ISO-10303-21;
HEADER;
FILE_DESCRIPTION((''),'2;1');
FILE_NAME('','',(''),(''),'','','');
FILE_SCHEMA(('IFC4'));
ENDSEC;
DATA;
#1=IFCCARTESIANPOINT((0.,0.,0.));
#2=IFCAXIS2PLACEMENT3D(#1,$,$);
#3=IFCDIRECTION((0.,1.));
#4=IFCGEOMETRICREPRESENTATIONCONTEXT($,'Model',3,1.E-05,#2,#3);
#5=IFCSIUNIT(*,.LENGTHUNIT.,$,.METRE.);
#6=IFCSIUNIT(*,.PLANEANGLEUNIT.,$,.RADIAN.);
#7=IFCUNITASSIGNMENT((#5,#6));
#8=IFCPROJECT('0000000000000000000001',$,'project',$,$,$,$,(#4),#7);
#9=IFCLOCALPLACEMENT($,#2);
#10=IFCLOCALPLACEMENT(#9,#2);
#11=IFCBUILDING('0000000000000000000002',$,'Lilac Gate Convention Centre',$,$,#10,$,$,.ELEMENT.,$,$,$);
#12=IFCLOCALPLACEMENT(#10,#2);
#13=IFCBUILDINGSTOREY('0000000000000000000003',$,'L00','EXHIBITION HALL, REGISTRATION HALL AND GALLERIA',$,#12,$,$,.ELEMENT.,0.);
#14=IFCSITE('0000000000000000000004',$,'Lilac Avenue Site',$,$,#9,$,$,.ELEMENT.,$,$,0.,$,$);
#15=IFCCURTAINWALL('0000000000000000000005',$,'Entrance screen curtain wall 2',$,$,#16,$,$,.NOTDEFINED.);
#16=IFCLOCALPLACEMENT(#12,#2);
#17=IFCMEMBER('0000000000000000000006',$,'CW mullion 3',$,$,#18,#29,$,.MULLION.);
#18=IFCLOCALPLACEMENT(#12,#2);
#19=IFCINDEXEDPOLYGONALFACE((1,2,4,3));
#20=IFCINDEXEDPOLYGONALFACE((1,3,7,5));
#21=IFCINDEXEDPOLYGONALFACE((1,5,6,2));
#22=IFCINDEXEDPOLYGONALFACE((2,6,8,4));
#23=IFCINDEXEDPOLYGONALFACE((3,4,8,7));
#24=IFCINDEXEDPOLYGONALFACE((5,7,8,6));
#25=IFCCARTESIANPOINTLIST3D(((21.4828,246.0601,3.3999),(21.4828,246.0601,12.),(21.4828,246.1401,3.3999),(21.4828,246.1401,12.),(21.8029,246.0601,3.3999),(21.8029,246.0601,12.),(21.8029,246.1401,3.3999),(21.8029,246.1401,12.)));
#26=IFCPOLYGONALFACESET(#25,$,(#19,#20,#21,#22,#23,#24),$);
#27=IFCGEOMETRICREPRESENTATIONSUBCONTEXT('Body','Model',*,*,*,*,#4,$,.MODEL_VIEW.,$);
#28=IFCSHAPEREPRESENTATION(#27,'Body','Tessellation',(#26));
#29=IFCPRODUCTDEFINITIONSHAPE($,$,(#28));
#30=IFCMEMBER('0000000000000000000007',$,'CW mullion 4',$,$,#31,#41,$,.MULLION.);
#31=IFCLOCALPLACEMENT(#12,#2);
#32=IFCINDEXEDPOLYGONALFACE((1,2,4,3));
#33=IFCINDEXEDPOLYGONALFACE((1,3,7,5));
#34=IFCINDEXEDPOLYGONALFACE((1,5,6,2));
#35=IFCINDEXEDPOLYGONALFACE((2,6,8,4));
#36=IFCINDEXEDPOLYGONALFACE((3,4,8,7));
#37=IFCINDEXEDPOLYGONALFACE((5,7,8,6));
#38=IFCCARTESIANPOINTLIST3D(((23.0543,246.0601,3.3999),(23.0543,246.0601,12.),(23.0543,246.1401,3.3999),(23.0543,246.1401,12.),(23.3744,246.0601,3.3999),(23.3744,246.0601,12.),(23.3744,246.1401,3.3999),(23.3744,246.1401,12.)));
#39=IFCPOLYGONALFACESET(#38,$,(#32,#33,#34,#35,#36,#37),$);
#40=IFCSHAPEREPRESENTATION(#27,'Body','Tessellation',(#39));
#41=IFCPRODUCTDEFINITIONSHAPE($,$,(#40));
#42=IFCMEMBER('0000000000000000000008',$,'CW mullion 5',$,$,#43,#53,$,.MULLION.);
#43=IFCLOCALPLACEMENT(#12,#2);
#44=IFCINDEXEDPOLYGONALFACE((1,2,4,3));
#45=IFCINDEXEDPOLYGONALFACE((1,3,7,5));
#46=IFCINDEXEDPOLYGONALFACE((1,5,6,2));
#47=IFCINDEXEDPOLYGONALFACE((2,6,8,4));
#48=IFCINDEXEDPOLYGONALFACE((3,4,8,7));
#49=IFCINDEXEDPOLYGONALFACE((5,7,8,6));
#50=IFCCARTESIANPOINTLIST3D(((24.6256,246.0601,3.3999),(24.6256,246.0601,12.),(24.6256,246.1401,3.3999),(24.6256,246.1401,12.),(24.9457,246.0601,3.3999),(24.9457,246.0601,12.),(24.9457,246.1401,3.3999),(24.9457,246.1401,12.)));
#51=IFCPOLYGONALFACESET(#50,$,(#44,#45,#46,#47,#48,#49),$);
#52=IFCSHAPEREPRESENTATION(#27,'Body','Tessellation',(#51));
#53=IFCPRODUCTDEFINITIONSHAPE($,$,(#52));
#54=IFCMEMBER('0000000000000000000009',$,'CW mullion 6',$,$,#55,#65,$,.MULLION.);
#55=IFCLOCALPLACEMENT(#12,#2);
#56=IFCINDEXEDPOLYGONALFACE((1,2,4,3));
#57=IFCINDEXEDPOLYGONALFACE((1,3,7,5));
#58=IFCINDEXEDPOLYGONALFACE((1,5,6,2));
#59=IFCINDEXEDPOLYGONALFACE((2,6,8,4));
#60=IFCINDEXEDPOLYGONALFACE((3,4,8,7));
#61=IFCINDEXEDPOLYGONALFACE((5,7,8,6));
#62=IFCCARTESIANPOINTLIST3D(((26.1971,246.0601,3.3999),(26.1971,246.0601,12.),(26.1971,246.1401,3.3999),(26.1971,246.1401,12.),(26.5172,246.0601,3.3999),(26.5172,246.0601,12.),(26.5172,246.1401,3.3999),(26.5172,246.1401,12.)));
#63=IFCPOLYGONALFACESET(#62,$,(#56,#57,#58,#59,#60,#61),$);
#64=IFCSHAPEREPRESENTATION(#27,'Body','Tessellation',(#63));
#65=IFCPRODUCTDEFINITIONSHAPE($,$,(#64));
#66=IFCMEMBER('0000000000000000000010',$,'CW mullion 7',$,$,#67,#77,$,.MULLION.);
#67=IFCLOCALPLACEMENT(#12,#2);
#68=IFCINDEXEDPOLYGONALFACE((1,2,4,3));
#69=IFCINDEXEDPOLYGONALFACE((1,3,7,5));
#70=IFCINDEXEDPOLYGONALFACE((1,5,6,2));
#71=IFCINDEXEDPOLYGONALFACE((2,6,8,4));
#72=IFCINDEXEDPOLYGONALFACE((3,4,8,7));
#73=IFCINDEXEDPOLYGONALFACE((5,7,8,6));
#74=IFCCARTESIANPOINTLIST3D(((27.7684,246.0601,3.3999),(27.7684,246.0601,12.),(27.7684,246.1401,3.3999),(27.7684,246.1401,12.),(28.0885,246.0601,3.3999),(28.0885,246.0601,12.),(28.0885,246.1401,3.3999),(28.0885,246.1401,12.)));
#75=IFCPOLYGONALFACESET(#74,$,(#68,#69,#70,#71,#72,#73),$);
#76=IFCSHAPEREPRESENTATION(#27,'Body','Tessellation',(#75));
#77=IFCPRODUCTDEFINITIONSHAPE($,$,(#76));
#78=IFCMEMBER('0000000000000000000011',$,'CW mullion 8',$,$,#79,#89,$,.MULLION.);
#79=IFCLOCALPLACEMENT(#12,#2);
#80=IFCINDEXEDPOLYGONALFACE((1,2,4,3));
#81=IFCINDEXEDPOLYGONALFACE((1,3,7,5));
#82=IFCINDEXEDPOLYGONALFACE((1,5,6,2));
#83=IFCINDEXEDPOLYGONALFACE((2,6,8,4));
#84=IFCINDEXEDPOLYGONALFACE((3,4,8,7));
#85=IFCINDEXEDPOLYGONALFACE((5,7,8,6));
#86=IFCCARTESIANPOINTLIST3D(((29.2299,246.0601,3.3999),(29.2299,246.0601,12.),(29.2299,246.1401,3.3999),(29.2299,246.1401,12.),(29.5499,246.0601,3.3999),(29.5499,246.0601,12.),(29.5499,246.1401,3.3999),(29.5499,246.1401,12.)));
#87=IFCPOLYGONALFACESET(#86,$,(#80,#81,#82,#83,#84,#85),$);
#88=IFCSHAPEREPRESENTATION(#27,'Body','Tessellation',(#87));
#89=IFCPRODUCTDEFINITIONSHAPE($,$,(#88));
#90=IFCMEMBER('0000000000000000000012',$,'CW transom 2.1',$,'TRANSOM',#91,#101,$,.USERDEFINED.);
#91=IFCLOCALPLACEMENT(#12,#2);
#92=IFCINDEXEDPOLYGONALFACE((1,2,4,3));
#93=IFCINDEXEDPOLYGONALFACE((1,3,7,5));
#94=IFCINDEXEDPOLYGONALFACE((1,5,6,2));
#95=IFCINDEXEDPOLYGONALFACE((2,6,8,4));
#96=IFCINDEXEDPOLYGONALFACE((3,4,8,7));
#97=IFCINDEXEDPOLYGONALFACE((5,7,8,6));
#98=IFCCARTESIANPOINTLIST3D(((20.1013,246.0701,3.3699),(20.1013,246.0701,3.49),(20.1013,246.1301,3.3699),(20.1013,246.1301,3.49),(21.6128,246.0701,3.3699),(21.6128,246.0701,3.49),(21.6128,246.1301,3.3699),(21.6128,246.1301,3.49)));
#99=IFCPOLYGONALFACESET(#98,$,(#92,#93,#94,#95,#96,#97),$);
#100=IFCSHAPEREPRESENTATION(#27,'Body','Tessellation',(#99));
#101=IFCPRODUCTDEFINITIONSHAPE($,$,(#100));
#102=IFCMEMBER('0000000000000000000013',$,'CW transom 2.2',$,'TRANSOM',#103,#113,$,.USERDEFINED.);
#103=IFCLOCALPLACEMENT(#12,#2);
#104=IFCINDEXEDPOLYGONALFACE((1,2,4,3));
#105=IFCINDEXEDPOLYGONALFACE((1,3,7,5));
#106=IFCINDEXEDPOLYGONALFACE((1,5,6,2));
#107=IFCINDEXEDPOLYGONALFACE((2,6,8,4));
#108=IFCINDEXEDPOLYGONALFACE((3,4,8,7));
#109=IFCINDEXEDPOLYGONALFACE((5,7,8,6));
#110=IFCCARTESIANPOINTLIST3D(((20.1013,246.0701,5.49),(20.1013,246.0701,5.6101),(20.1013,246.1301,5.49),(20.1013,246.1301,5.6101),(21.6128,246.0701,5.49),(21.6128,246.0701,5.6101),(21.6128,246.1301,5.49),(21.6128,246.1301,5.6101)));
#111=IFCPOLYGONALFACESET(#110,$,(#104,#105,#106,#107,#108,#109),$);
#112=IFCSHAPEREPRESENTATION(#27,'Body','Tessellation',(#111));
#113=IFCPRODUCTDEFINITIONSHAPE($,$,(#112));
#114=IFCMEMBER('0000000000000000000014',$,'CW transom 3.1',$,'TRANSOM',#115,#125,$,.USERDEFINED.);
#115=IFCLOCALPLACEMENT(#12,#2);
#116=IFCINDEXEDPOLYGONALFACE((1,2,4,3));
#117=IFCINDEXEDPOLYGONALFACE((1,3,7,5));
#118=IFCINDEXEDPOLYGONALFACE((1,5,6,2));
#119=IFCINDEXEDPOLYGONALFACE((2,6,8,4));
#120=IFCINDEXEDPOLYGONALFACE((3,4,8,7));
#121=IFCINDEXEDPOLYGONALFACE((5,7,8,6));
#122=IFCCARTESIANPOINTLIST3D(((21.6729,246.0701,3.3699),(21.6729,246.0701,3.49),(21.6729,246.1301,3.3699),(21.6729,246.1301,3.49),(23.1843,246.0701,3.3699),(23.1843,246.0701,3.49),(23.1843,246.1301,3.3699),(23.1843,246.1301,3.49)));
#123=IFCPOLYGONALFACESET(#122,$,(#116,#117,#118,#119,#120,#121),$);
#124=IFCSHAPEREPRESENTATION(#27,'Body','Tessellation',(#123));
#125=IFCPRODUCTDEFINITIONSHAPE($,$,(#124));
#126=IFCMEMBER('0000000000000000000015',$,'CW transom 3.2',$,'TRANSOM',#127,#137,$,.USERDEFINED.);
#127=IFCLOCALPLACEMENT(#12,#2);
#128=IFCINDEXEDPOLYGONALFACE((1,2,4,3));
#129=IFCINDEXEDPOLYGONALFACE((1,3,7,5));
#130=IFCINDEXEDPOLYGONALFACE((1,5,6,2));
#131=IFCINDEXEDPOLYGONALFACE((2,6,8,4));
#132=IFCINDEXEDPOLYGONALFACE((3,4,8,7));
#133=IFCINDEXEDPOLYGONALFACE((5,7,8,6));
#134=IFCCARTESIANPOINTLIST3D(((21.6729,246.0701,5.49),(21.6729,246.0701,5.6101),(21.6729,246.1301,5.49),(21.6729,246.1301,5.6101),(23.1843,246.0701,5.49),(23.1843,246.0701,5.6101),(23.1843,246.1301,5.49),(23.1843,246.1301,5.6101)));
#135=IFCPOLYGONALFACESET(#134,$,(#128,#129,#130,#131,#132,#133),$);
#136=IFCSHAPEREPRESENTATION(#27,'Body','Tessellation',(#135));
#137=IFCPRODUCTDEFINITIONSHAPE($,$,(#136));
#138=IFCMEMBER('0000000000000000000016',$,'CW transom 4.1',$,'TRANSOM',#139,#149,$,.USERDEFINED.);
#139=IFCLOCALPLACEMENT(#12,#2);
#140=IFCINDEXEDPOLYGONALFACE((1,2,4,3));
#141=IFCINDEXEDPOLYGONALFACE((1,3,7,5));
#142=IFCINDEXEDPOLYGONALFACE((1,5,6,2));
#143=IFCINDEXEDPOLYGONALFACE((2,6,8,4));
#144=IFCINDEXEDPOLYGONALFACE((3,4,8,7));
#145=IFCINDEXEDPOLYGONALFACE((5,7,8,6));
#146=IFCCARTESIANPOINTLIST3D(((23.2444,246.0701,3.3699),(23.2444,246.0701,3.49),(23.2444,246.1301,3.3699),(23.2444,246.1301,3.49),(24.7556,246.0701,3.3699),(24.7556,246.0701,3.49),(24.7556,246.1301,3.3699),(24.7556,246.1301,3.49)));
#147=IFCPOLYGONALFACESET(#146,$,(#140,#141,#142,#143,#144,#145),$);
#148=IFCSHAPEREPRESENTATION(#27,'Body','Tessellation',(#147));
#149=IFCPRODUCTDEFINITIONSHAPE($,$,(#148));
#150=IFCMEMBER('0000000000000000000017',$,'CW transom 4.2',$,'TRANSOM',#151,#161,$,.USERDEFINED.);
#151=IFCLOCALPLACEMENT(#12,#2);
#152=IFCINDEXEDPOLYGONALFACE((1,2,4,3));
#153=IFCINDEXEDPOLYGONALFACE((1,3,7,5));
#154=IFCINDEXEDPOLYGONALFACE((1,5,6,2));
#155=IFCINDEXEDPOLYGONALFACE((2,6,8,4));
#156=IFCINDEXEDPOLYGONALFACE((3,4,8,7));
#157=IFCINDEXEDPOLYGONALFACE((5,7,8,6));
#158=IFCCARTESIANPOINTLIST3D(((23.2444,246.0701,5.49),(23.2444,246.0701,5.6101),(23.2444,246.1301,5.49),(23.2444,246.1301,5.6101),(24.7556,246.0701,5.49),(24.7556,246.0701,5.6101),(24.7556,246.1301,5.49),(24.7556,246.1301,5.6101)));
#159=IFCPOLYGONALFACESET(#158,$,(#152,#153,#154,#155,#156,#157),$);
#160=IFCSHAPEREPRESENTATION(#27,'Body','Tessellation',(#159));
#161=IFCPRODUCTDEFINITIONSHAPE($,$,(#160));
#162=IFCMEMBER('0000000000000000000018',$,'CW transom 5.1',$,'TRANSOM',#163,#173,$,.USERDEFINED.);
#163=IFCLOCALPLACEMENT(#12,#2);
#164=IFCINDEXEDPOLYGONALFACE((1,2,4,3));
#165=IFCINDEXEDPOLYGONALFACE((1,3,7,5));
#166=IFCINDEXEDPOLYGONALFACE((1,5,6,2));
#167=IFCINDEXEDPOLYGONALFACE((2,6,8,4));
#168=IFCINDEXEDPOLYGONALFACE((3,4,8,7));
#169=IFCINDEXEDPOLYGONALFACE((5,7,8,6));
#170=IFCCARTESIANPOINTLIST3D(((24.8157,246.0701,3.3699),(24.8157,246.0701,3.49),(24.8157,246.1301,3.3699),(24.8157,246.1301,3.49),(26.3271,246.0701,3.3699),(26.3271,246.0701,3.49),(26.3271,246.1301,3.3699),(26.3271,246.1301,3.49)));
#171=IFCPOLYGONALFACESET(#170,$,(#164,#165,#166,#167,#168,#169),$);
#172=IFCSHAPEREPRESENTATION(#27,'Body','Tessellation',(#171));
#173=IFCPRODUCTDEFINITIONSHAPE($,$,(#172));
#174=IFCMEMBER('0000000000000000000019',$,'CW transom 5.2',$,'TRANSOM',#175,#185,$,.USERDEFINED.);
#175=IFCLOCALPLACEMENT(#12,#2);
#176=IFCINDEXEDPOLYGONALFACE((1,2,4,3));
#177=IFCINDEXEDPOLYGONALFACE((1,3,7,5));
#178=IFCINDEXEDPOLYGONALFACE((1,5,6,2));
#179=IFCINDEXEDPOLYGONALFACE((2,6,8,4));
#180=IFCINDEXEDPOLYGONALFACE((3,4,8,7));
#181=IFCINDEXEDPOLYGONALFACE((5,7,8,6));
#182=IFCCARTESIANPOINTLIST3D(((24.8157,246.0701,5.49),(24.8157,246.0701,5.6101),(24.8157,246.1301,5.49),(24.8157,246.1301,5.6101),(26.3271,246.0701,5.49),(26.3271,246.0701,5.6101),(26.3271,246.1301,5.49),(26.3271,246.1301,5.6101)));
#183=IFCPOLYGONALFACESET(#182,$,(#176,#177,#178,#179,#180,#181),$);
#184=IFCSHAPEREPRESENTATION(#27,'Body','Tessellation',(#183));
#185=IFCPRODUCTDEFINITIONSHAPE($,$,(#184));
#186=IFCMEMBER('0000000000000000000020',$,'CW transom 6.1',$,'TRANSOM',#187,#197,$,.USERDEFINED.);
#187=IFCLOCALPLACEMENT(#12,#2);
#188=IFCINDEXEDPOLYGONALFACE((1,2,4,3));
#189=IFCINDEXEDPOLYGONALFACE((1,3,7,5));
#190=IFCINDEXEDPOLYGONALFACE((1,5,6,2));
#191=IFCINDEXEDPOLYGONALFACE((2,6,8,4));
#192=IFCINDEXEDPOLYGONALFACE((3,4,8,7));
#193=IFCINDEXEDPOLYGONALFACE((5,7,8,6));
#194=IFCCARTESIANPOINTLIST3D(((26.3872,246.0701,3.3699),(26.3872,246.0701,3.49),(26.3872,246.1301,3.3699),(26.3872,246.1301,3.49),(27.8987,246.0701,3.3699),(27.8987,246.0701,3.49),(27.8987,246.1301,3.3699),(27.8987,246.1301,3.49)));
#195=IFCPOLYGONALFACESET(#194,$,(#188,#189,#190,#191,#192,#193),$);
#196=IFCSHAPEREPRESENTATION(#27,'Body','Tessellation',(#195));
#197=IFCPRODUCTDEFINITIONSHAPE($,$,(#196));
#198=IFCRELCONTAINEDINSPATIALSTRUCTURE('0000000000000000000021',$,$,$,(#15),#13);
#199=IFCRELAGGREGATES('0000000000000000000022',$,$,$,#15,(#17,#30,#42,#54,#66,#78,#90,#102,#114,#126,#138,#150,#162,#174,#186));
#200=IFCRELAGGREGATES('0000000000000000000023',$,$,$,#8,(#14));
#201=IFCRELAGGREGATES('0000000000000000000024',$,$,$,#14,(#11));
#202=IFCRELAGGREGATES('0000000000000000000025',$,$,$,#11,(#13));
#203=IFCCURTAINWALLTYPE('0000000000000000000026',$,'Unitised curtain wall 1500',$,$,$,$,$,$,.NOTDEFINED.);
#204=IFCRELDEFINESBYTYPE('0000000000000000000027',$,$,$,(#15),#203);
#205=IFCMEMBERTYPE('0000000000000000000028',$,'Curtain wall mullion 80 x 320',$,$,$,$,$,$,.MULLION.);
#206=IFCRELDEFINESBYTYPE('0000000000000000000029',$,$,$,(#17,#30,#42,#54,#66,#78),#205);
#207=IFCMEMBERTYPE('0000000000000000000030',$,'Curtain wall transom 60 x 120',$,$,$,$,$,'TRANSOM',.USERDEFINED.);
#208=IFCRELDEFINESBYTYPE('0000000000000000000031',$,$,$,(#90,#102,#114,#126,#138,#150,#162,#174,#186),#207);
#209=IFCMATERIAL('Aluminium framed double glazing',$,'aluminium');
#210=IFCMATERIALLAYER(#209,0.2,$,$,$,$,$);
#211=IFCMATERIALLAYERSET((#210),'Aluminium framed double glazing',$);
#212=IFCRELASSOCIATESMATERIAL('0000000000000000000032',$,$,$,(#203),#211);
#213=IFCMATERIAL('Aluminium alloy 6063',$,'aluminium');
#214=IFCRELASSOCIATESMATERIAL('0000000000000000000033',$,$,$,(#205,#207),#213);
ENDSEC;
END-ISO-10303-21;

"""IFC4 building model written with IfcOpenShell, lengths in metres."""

from ifc_helpers import new_model, si_unit, direction, frame, origin, origin_2d, place, context, subcontext, project, spatial, rectangle, extrude, material, layer, layer_set, material_profile, profile_set, type_object, element, aggregate, save


model = new_model("IFC4")

# Units and contexts
model_context = context("Model", 3, precision=1e-05, world=origin(), true_north=direction((0.0, 1.0)))
body_context = subcontext(model_context, "Body", "Model", "MODEL_VIEW")
ifc_project = project(units=[si_unit("LENGTHUNIT", "METRE"), si_unit("PLANEANGLEUNIT", "RADIAN")], contexts=[model_context])

# Site, building, storey
site_placement = place(None, origin())
site = spatial("IfcSite", under=ifc_project, at=site_placement, Name="Lilac Avenue Site", CompositionType="ELEMENT", RefElevation=0.0)
building_placement = place(site_placement, origin())
building = spatial("IfcBuilding", under=site, at=building_placement, Name="Lilac Gate Convention Centre", CompositionType="ELEMENT")
storey_placement = place(building_placement, origin())
storey = spatial("IfcBuildingStorey", under=building, at=storey_placement, Name="L00", Description="EXHIBITION HALL, REGISTRATION HALL AND GALLERIA", CompositionType="ELEMENT", Elevation=0.0)

# Curtain wall, members
ifc_material_1 = material(Name="Aluminium framed double glazing", Category="aluminium")
ifc_layer_1 = layer(ifc_material_1, 0.2)
ifc_layer_set_1 = layer_set([ifc_layer_1], Name="Aluminium framed double glazing")
curtain_wall_type = type_object("IfcCurtainWallType", Name="Unitised curtain wall 1500", PredefinedType="NOTDEFINED", material=ifc_layer_set_1)
curtain_wall_placement = place(storey_placement, origin())
curtain_wall = element("IfcCurtainWall", 1, at=curtain_wall_placement, inside=storey, type_object=curtain_wall_type, Name="Entrance screen curtain wall 2", PredefinedType="NOTDEFINED")
ifc_material_2 = material(Name="Aluminium alloy 6063", Category="aluminium")
ifc_material_profile_1 = material_profile(ifc_material_2, rectangle(XDim=0.0801, YDim=0.3201, at=origin_2d()), Name="Curtain wall mullion 80 x 320")
ifc_profile_set_1 = profile_set([ifc_material_profile_1], Name="Aluminium alloy 6063")
member_type_1 = type_object("IfcMemberType", Name="Curtain wall mullion 80 x 320", PredefinedType="MULLION", material=ifc_profile_set_1)
member_1_placement = place(storey_placement, frame((21.6428, 246.1001, 3.3999), z_axis=(0.0, 0.0, 1.0), x_axis=(0.0, 1.0, 0.0)))
member_1 = element("IfcMember", 2, at=member_1_placement, type_object=member_type_1, Name="CW mullion 3", PredefinedType="MULLION", context=body_context, shape_type="SweptSolid", body=[
    extrude(rectangle(XDim=0.0801, YDim=0.3201, at=origin_2d()), origin(), (0.0, 0.0, 1.0), 8.6001),
])
member_2_placement = place(storey_placement, frame((23.2144, 246.1001, 3.3999), z_axis=(0.0, 0.0, 1.0), x_axis=(0.0, 1.0, 0.0)))
member_2 = element("IfcMember", 3, at=member_2_placement, type_object=member_type_1, Name="CW mullion 4", PredefinedType="MULLION", context=body_context, shape_type="SweptSolid", body=[
    extrude(rectangle(XDim=0.0801, YDim=0.3201, at=origin_2d()), origin(), (0.0, 0.0, 1.0), 8.6001),
])
member_3_placement = place(storey_placement, frame((24.7856, 246.1001, 3.3999), z_axis=(0.0, 0.0, 1.0), x_axis=(0.0, 1.0, 0.0)))
member_3 = element("IfcMember", 4, at=member_3_placement, type_object=member_type_1, Name="CW mullion 5", PredefinedType="MULLION", context=body_context, shape_type="SweptSolid", body=[
    extrude(rectangle(XDim=0.0801, YDim=0.3201, at=origin_2d()), origin(), (0.0, 0.0, 1.0), 8.6001),
])
member_4_placement = place(storey_placement, frame((26.3572, 246.1001, 3.3999), z_axis=(0.0, 0.0, 1.0), x_axis=(0.0, 1.0, 0.0)))
member_4 = element("IfcMember", 5, at=member_4_placement, type_object=member_type_1, Name="CW mullion 6", PredefinedType="MULLION", context=body_context, shape_type="SweptSolid", body=[
    extrude(rectangle(XDim=0.0801, YDim=0.3201, at=origin_2d()), origin(), (0.0, 0.0, 1.0), 8.6001),
])
member_5_placement = place(storey_placement, frame((27.9285, 246.1001, 3.3999), z_axis=(0.0, 0.0, 1.0), x_axis=(0.0, 1.0, 0.0)))
member_5 = element("IfcMember", 6, at=member_5_placement, type_object=member_type_1, Name="CW mullion 7", PredefinedType="MULLION", context=body_context, shape_type="SweptSolid", body=[
    extrude(rectangle(XDim=0.0801, YDim=0.3201, at=origin_2d()), origin(), (0.0, 0.0, 1.0), 8.6001),
])
member_6_placement = place(storey_placement, frame((29.3899, 246.1001, 3.3999), z_axis=(0.0, 0.0, 1.0), x_axis=(0.0, 1.0, 0.0)))
member_6 = element("IfcMember", 7, at=member_6_placement, type_object=member_type_1, Name="CW mullion 8", PredefinedType="MULLION", context=body_context, shape_type="SweptSolid", body=[
    extrude(rectangle(XDim=0.0801, YDim=0.3201, at=origin_2d()), origin(), (0.0, 0.0, 1.0), 8.6001),
])
ifc_material_profile_2 = material_profile(ifc_material_2, rectangle(XDim=0.0601, YDim=0.1201, at=origin_2d()), Name="Curtain wall transom 60 x 120")
ifc_profile_set_2 = profile_set([ifc_material_profile_2], Name="Aluminium alloy 6063")
member_type_2 = type_object("IfcMemberType", Name="Curtain wall transom 60 x 120", ElementType="TRANSOM", PredefinedType="USERDEFINED", material=ifc_profile_set_2)
member_7_placement = place(storey_placement, frame((20.1013, 246.1001, 3.4299), z_axis=(1.0, 0.0, 0.0), x_axis=(0.0, 1.0, 0.0)))
member_7 = element("IfcMember", 8, at=member_7_placement, type_object=member_type_2, Name="CW transom 2.1", ObjectType="TRANSOM", PredefinedType="USERDEFINED", context=body_context, shape_type="SweptSolid", body=[
    extrude(rectangle(XDim=0.0601, YDim=0.1201, at=origin_2d()), origin(), (0.0, 0.0, 1.0), 1.5115),
])
member_8_placement = place(storey_placement, frame((20.1013, 246.1001, 5.55), z_axis=(1.0, 0.0, 0.0), x_axis=(0.0, 1.0, 0.0)))
member_8 = element("IfcMember", 9, at=member_8_placement, type_object=member_type_2, Name="CW transom 2.2", ObjectType="TRANSOM", PredefinedType="USERDEFINED", context=body_context, shape_type="SweptSolid", body=[
    extrude(rectangle(XDim=0.0601, YDim=0.1201, at=origin_2d()), origin(), (0.0, 0.0, 1.0), 1.5115),
])
member_9_placement = place(storey_placement, frame((21.6729, 246.1001, 3.4299), z_axis=(1.0, 0.0, 0.0), x_axis=(0.0, 1.0, 0.0)))
member_9 = element("IfcMember", 10, at=member_9_placement, type_object=member_type_2, Name="CW transom 3.1", ObjectType="TRANSOM", PredefinedType="USERDEFINED", context=body_context, shape_type="SweptSolid", body=[
    extrude(rectangle(XDim=0.0601, YDim=0.1201, at=origin_2d()), origin(), (0.0, 0.0, 1.0), 1.5115),
])
member_10_placement = place(storey_placement, frame((21.6729, 246.1001, 5.55), z_axis=(1.0, 0.0, 0.0), x_axis=(0.0, 1.0, 0.0)))
member_10 = element("IfcMember", 11, at=member_10_placement, type_object=member_type_2, Name="CW transom 3.2", ObjectType="TRANSOM", PredefinedType="USERDEFINED", context=body_context, shape_type="SweptSolid", body=[
    extrude(rectangle(XDim=0.0601, YDim=0.1201, at=origin_2d()), origin(), (0.0, 0.0, 1.0), 1.5115),
])
member_11_placement = place(storey_placement, frame((23.2444, 246.1001, 3.4299), z_axis=(1.0, 0.0, 0.0), x_axis=(0.0, 1.0, 0.0)))
member_11 = element("IfcMember", 12, at=member_11_placement, type_object=member_type_2, Name="CW transom 4.1", ObjectType="TRANSOM", PredefinedType="USERDEFINED", context=body_context, shape_type="SweptSolid", body=[
    extrude(rectangle(XDim=0.0601, YDim=0.1201, at=origin_2d()), origin(), (0.0, 0.0, 1.0), 1.5112),
])
member_12_placement = place(storey_placement, frame((23.2444, 246.1001, 5.55), z_axis=(1.0, 0.0, 0.0), x_axis=(0.0, 1.0, 0.0)))
member_12 = element("IfcMember", 13, at=member_12_placement, type_object=member_type_2, Name="CW transom 4.2", ObjectType="TRANSOM", PredefinedType="USERDEFINED", context=body_context, shape_type="SweptSolid", body=[
    extrude(rectangle(XDim=0.0601, YDim=0.1201, at=origin_2d()), origin(), (0.0, 0.0, 1.0), 1.5112),
])
member_13_placement = place(storey_placement, frame((24.8157, 246.1001, 3.4299), z_axis=(1.0, 0.0, 0.0), x_axis=(0.0, 1.0, 0.0)))
member_13 = element("IfcMember", 14, at=member_13_placement, type_object=member_type_2, Name="CW transom 5.1", ObjectType="TRANSOM", PredefinedType="USERDEFINED", context=body_context, shape_type="SweptSolid", body=[
    extrude(rectangle(XDim=0.0601, YDim=0.1201, at=origin_2d()), origin(), (0.0, 0.0, 1.0), 1.5115),
])
member_14_placement = place(storey_placement, frame((24.8157, 246.1001, 5.55), z_axis=(1.0, 0.0, 0.0), x_axis=(0.0, 1.0, 0.0)))
member_14 = element("IfcMember", 15, at=member_14_placement, type_object=member_type_2, Name="CW transom 5.2", ObjectType="TRANSOM", PredefinedType="USERDEFINED", context=body_context, shape_type="SweptSolid", body=[
    extrude(rectangle(XDim=0.0601, YDim=0.1201, at=origin_2d()), origin(), (0.0, 0.0, 1.0), 1.5115),
])
member_15_placement = place(storey_placement, frame((26.3872, 246.1001, 3.4299), z_axis=(1.0, 0.0, 0.0), x_axis=(0.0, 1.0, 0.0)))
member_15 = element("IfcMember", 16, at=member_15_placement, type_object=member_type_2, Name="CW transom 6.1", ObjectType="TRANSOM", PredefinedType="USERDEFINED", context=body_context, shape_type="SweptSolid", body=[
    extrude(rectangle(XDim=0.0601, YDim=0.1201, at=origin_2d()), origin(), (0.0, 0.0, 1.0), 1.5115),
])
aggregate(curtain_wall, [member_1, member_2, member_3, member_4, member_5, member_6, member_7, member_8, member_9, member_10, member_11, member_12, member_13, member_14, member_15])

save(model, "model.ifc")
